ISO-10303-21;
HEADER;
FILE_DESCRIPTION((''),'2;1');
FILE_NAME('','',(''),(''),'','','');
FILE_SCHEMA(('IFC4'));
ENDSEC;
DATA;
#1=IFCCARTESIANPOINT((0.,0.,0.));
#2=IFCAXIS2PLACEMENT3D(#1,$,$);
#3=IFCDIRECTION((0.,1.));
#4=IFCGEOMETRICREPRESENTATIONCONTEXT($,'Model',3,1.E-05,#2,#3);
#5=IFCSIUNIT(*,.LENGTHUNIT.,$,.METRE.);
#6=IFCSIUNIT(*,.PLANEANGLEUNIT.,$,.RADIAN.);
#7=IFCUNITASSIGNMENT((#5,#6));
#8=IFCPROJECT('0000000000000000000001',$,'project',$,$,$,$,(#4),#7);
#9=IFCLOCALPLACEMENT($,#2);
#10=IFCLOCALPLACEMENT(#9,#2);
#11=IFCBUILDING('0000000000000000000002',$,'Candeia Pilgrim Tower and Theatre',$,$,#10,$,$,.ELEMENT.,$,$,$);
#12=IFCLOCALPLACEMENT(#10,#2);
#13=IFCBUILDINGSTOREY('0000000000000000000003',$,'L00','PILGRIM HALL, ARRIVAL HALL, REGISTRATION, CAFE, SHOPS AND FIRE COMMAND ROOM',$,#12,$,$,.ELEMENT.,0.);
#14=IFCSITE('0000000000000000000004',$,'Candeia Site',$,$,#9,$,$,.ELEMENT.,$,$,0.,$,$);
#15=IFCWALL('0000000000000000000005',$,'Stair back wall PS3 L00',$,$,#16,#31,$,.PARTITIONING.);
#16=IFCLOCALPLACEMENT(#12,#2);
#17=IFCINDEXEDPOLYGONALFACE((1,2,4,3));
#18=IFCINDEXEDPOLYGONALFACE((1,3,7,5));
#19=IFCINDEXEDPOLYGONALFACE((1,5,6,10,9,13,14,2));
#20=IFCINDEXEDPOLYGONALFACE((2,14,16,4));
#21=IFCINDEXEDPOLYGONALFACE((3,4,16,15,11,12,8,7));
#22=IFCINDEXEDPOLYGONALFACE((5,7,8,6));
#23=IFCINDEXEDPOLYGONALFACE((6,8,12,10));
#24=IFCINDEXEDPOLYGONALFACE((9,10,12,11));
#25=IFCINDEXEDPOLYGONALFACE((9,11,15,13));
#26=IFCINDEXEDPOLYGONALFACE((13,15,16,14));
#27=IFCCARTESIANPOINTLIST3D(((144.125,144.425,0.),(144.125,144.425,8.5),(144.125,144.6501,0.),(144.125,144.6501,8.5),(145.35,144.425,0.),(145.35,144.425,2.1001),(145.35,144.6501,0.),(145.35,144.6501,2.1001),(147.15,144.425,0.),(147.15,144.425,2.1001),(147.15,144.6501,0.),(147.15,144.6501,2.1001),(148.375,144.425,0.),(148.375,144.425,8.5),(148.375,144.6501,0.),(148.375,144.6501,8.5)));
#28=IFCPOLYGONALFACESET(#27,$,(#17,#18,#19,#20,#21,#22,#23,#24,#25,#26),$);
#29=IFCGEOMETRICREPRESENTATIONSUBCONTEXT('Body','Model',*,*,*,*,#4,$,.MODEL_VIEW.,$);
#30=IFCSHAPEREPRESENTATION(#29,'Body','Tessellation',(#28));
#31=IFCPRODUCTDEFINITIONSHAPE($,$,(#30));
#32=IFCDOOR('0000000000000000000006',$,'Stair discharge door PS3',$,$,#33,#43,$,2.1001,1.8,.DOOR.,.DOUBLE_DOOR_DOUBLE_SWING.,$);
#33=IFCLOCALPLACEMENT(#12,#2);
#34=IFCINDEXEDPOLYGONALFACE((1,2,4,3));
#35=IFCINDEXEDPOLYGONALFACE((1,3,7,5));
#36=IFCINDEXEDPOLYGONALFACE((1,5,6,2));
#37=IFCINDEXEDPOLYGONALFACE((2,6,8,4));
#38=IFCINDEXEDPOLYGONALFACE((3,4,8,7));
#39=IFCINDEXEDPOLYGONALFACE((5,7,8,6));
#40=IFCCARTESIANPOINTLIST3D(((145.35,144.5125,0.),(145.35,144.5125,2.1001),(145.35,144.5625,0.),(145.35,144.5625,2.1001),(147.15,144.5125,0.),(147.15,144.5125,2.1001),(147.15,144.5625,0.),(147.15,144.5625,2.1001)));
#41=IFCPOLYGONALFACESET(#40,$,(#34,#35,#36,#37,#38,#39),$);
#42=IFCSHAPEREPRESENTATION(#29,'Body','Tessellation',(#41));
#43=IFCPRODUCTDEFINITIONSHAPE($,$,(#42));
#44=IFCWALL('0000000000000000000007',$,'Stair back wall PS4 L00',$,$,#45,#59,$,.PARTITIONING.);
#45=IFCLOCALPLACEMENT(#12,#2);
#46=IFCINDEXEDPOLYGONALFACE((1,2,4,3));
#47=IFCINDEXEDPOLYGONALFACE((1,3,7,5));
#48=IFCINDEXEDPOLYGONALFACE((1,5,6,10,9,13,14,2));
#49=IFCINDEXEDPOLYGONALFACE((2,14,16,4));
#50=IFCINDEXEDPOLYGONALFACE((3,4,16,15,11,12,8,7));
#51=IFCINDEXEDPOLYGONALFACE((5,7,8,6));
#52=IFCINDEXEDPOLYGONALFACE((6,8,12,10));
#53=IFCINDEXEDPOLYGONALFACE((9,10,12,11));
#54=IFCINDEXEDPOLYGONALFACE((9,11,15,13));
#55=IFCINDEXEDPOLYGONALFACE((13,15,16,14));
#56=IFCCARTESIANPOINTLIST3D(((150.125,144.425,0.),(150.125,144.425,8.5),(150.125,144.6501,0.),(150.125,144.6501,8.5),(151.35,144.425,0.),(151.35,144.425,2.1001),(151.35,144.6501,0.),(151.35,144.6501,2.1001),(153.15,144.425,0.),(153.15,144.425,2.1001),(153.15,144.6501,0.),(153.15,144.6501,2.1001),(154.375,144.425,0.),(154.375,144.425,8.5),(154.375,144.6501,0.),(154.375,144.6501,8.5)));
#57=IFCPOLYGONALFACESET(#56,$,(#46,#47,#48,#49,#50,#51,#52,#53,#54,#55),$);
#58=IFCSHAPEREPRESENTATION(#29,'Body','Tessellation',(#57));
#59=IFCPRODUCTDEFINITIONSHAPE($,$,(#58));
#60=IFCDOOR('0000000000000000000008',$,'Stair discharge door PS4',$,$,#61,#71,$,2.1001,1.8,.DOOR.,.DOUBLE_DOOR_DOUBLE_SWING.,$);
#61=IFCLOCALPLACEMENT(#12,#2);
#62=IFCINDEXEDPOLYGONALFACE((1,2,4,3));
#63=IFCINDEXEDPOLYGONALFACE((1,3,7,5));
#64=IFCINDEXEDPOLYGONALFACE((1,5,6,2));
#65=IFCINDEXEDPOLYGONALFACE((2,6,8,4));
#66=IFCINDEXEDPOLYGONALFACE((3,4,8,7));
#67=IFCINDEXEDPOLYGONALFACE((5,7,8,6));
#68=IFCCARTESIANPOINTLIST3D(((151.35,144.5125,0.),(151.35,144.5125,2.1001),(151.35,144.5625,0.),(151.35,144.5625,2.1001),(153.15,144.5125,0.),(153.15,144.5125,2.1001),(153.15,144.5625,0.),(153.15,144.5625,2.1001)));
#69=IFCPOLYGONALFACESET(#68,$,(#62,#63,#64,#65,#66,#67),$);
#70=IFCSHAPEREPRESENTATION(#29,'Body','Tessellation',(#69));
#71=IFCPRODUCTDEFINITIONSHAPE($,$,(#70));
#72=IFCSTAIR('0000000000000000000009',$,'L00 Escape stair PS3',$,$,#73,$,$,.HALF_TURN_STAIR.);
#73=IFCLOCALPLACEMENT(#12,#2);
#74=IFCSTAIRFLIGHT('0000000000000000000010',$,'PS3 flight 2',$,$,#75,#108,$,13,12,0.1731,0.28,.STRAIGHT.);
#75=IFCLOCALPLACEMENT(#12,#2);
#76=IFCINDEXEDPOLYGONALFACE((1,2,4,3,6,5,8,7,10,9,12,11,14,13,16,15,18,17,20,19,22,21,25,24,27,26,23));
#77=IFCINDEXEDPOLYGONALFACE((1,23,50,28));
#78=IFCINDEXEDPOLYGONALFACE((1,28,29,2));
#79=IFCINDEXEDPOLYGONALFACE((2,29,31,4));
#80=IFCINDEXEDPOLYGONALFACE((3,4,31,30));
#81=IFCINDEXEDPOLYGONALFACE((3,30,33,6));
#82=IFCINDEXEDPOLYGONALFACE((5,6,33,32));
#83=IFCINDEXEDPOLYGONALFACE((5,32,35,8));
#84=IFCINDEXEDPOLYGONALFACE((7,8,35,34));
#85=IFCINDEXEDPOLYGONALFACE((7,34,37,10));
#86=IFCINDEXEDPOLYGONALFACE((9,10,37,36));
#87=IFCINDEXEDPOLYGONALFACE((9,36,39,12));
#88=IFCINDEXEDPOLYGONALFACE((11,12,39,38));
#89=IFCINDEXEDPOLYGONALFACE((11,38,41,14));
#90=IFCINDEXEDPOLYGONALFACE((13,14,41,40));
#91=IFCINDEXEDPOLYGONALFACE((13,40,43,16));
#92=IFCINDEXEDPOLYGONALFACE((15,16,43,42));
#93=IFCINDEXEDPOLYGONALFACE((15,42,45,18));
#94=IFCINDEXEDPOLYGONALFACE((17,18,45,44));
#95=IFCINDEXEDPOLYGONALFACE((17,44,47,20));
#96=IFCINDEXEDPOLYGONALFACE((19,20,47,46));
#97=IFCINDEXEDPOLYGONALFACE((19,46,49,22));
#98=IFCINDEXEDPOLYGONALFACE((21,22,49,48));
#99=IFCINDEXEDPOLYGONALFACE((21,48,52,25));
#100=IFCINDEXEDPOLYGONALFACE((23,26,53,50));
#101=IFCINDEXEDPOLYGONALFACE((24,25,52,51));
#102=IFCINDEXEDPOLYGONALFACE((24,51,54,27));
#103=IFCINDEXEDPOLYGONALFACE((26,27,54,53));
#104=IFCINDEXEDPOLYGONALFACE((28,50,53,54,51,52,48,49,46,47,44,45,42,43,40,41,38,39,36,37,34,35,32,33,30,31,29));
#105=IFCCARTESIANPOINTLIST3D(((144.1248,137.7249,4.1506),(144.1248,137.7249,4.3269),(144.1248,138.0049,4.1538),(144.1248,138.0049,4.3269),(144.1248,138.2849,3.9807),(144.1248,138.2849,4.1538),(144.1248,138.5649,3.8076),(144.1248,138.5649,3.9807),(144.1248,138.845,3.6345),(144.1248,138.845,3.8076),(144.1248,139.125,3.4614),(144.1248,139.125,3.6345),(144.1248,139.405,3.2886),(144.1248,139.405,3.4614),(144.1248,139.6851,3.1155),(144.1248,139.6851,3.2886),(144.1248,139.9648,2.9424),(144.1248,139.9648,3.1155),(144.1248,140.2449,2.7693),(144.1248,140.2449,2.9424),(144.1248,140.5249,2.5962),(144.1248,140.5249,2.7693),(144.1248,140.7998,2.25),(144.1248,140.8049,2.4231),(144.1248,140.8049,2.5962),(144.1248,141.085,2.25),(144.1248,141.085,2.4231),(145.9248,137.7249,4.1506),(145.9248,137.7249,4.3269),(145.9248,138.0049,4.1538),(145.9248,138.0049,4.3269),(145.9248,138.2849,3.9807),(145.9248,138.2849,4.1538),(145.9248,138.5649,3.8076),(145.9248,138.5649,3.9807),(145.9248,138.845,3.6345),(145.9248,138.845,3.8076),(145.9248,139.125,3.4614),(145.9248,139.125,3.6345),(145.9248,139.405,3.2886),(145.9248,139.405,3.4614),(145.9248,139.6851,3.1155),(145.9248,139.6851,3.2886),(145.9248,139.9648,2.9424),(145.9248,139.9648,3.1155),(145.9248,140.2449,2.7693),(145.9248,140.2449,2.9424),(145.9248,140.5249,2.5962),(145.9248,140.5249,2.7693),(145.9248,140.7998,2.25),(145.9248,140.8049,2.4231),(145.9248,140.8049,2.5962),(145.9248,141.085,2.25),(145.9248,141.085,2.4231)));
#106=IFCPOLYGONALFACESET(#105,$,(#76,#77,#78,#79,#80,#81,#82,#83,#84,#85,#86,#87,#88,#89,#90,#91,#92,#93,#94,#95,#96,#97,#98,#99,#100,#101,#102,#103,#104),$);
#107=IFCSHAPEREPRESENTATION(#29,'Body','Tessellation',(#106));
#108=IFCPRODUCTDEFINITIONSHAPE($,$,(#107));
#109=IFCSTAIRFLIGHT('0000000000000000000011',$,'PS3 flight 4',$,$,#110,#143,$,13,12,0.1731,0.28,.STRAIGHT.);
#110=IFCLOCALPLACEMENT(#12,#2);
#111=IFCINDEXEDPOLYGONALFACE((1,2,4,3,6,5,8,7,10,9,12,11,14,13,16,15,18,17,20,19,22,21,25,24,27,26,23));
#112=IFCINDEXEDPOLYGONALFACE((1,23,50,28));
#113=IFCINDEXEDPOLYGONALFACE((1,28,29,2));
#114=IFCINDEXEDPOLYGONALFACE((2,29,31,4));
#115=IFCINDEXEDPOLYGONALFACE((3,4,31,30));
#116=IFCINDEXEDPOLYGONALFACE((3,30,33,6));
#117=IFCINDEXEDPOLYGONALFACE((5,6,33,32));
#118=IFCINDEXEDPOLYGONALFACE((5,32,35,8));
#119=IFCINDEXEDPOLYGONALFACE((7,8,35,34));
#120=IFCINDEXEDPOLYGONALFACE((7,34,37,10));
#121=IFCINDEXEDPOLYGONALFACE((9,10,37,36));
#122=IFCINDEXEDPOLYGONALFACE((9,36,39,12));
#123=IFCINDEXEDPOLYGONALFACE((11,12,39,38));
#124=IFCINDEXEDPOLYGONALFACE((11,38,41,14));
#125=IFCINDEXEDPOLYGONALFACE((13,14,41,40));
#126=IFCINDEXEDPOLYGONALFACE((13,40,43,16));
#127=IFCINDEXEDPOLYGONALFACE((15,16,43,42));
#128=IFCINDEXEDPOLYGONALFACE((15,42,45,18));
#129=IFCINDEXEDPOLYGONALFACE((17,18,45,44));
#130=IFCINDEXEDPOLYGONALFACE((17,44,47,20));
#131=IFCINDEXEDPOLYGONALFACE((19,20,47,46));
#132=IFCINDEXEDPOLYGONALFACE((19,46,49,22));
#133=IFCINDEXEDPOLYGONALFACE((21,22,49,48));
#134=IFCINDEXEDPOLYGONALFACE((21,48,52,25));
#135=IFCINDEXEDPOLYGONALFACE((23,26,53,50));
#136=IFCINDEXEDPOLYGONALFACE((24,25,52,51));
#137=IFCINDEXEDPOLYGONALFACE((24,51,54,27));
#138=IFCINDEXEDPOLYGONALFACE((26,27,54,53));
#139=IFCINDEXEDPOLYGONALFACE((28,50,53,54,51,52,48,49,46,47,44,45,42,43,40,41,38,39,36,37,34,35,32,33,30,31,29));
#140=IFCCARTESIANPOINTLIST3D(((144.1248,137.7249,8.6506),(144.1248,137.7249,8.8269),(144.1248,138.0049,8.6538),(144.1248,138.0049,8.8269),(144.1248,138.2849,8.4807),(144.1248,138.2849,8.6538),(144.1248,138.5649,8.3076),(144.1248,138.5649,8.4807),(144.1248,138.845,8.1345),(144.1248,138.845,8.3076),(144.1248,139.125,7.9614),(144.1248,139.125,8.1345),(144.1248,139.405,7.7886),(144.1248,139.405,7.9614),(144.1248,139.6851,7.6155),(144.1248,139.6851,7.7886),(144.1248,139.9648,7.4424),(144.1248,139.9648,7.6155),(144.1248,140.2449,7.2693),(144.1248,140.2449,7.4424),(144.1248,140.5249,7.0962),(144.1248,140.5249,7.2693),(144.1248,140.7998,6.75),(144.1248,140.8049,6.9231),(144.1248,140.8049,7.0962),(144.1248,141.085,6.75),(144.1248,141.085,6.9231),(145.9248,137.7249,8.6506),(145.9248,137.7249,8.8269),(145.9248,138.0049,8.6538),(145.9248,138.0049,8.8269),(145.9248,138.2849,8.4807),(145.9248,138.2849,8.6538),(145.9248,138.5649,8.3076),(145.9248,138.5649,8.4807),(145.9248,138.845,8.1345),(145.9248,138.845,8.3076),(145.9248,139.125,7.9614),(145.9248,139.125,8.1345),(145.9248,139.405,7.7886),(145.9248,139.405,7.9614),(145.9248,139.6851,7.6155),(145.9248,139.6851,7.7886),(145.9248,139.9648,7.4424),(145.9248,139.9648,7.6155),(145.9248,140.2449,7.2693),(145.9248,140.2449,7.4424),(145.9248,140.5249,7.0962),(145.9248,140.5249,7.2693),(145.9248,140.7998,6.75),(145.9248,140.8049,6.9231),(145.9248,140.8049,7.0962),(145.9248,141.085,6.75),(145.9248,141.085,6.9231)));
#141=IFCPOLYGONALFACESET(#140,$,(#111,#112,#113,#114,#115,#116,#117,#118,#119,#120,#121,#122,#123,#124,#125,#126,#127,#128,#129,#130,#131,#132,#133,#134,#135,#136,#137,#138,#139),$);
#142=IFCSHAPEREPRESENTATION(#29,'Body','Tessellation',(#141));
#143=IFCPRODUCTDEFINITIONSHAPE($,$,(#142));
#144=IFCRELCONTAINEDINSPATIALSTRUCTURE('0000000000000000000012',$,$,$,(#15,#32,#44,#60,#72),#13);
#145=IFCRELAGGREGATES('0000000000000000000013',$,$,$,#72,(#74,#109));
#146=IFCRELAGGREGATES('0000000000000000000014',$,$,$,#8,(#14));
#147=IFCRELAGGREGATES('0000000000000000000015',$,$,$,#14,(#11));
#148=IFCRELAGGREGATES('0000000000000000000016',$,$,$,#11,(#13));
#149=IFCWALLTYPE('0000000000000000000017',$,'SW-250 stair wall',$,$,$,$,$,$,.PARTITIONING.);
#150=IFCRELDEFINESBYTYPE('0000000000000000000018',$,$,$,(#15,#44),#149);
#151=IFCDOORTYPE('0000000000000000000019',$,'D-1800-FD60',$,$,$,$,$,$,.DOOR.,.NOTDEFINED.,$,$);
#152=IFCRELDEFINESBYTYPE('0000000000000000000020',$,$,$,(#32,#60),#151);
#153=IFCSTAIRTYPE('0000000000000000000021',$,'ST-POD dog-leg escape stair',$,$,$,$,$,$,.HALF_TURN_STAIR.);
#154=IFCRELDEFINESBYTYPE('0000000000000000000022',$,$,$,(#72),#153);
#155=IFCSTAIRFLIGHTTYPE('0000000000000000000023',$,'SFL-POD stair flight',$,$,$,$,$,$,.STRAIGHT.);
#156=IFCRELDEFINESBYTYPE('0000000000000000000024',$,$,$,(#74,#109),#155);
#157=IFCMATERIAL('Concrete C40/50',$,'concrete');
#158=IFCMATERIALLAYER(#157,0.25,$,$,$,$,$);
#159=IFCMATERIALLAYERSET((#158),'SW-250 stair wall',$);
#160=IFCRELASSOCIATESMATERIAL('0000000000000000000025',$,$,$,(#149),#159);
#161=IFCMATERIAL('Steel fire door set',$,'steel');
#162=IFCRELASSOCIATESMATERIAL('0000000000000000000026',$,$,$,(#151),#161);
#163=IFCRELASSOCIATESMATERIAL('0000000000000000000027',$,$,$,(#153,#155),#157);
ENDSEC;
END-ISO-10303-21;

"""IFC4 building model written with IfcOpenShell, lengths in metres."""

from ifc_helpers import new_model, si_unit, direction, frame, frame_2d, origin, place, context, subcontext, project, spatial, polyline, rectangle, outline, extrude, material, layer, layer_set, type_object, element, fill, aggregate, save


model = new_model("IFC4")

# Units and contexts
model_context = context("Model", 3, precision=1e-05, world=origin(), true_north=direction((0.0, 1.0)))
body_context = subcontext(model_context, "Body", "Model", "MODEL_VIEW")
ifc_project = project(units=[si_unit("LENGTHUNIT", "METRE"), si_unit("PLANEANGLEUNIT", "RADIAN")], contexts=[model_context])

# Site, building, storey
site_placement = place(None, origin())
site = spatial("IfcSite", under=ifc_project, at=site_placement, Name="Candeia Site", CompositionType="ELEMENT", RefElevation=0.0)
building_placement = place(site_placement, origin())
building = spatial("IfcBuilding", under=site, at=building_placement, Name="Candeia Pilgrim Tower and Theatre", CompositionType="ELEMENT")
storey_placement = place(building_placement, origin())
storey = spatial("IfcBuildingStorey", under=building, at=storey_placement, Name="L00", Description="PILGRIM HALL, ARRIVAL HALL, REGISTRATION, CAFE, SHOPS AND FIRE COMMAND ROOM", CompositionType="ELEMENT", Elevation=0.0)

# Shared definitions
ifc_material_1 = material(Name="Concrete C40/50", Category="concrete")

# Walls, openings, doors
ifc_layer_1 = layer(ifc_material_1, 0.25)
ifc_layer_set_1 = layer_set([ifc_layer_1], Name="SW-250 stair wall")
wall_type_1 = type_object("IfcWallType", Name="SW-250 stair wall", PredefinedType="PARTITIONING", material=ifc_layer_set_1)
wall_1_placement = place(storey_placement, frame((144.125, 144.5376, 0.0), z_axis=(0.0, 0.0, 1.0), x_axis=(1.0, 0.0, 0.0)))
wall_1 = element("IfcWall", 1, at=wall_1_placement, inside=storey, type_object=wall_type_1, Name="Stair back wall PS3 L00", PredefinedType="PARTITIONING", context=body_context, shape_type="SweptSolid", body=[
    extrude(rectangle(XDim=4.25, YDim=0.2251, at=frame_2d((2.125, 0.0))), origin(), (0.0, 0.0, 1.0), 8.5),
])
opening_1_placement = place(wall_1_placement, frame((1.2251, 0.0, 0.0)))
opening_1 = element("IfcOpeningElement", 2, at=opening_1_placement, cuts=wall_1, PredefinedType="OPENING", context=body_context, shape_type="SweptSolid", body=[
    extrude(rectangle(XDim=1.8, YDim=2.1001, at=frame_2d((0.8999, 1.05))), frame((0.0, 0.1226, 0.0), z_axis=(0.0, -1.0, 0.0), x_axis=(1.0, 0.0, 0.0)), (0.0, 0.0, 1.0), 0.2451),
])
ifc_material_2 = material(Name="Steel fire door set", Category="steel")
door_type_1 = type_object("IfcDoorType", Name="D-1800-FD60", OperationType="NOTDEFINED", PredefinedType="DOOR", material=ifc_material_2)
door_1_placement = place(opening_1_placement, origin())
door_1 = element("IfcDoor", 3, at=door_1_placement, inside=storey, type_object=door_type_1, Name="Stair discharge door PS3", OperationType="DOUBLE_DOOR_DOUBLE_SWING", OverallHeight=2.1001, OverallWidth=1.8, PredefinedType="DOOR", context=body_context, shape_type="SweptSolid", body=[
    extrude(rectangle(XDim=1.8, YDim=2.1001, at=frame_2d((0.8999, 1.05))), frame((0.0, 0.0249, 0.0), z_axis=(0.0, -1.0, 0.0), x_axis=(1.0, 0.0, 0.0)), (0.0, 0.0, 1.0), 0.05),
])
fill(opening_1, door_1)
wall_2_placement = place(storey_placement, frame((150.125, 144.5376, 0.0), z_axis=(0.0, 0.0, 1.0), x_axis=(1.0, 0.0, 0.0)))
wall_2 = element("IfcWall", 4, at=wall_2_placement, inside=storey, type_object=wall_type_1, Name="Stair back wall PS4 L00", PredefinedType="PARTITIONING", context=body_context, shape_type="SweptSolid", body=[
    extrude(rectangle(XDim=4.25, YDim=0.2251, at=frame_2d((2.125, 0.0))), origin(), (0.0, 0.0, 1.0), 8.5),
])
opening_2_placement = place(wall_2_placement, frame((1.2251, 0.0, 0.0)))
opening_2 = element("IfcOpeningElement", 5, at=opening_2_placement, cuts=wall_2, PredefinedType="OPENING", context=body_context, shape_type="SweptSolid", body=[
    extrude(rectangle(XDim=1.8, YDim=2.1001, at=frame_2d((0.8999, 1.05))), frame((0.0, 0.1226, 0.0), z_axis=(0.0, -1.0, 0.0), x_axis=(1.0, 0.0, 0.0)), (0.0, 0.0, 1.0), 0.2451),
])
door_2_placement = place(opening_2_placement, origin())
door_2 = element("IfcDoor", 6, at=door_2_placement, inside=storey, type_object=door_type_1, Name="Stair discharge door PS4", OperationType="DOUBLE_DOOR_DOUBLE_SWING", OverallHeight=2.1001, OverallWidth=1.8, PredefinedType="DOOR", context=body_context, shape_type="SweptSolid", body=[
    extrude(rectangle(XDim=1.8, YDim=2.1001, at=frame_2d((0.8999, 1.05))), frame((0.0, 0.0249, 0.0), z_axis=(0.0, -1.0, 0.0), x_axis=(1.0, 0.0, 0.0)), (0.0, 0.0, 1.0), 0.05),
])
fill(opening_2, door_2)

# Stair, stair flights
stair_type = type_object("IfcStairType", Name="ST-POD dog-leg escape stair", PredefinedType="HALF_TURN_STAIR", material=ifc_material_1)
stair_1_placement = place(storey_placement, origin())
stair_1 = element("IfcStair", 7, at=stair_1_placement, inside=storey, type_object=stair_type, Name="L00 Escape stair PS3", PredefinedType="HALF_TURN_STAIR")
stair_flight_type = type_object("IfcStairFlightType", Name="SFL-POD stair flight", PredefinedType="STRAIGHT", material=ifc_material_1)
stair_flight_1_placement = place(storey_placement, frame((145.0249, 141.085, 2.25), z_axis=(0.0, 0.0, 1.0), x_axis=(0.0, -1.0, 0.0)))
stair_flight_1 = element("IfcStairFlight", 8, at=stair_flight_1_placement, type_object=stair_flight_type, Name="PS3 flight 2", NumberOfRisers=13, NumberOfTreads=12, PredefinedType="STRAIGHT", RiserHeight=0.1731, TreadLength=0.28, context=body_context, shape_type="SweptSolid", body=[
    extrude(outline(polyline([(0.0, 0.0), (0.0, 0.1731), (0.28, 0.1731), (0.28, 0.3462), (0.5601, 0.3462), (0.5601, 0.5193), (0.8401, 0.5193), (0.8401, 0.6924), (1.1201, 0.6924), (1.1201, 0.8655), (1.3999, 0.8655), (1.3999, 1.0386), (1.6799, 1.0386), (1.6799, 1.2114), (1.96, 1.2114), (1.96, 1.3845), (2.24, 1.3845), (2.24, 1.5576), (2.52, 1.5576), (2.52, 1.7307), (2.8, 1.7307), (2.8, 1.9038), (3.0801, 1.9038), (3.0801, 2.0769), (3.3601, 2.0769), (3.3601, 2.25), (3.3601, 1.9006), (0.2852, 0.0), (0.0, 0.0)])), frame((0.0, 0.8999, 0.0), z_axis=(0.0, -1.0, 0.0), x_axis=(1.0, 0.0, 0.0)), (0.0, 0.0, 1.0), 1.8),
])
stair_flight_2_placement = place(storey_placement, frame((145.0249, 141.085, 6.75), z_axis=(0.0, 0.0, 1.0), x_axis=(0.0, -1.0, 0.0)))
stair_flight_2 = element("IfcStairFlight", 9, at=stair_flight_2_placement, type_object=stair_flight_type, Name="PS3 flight 4", NumberOfRisers=13, NumberOfTreads=12, PredefinedType="STRAIGHT", RiserHeight=0.1731, TreadLength=0.28, context=body_context, shape_type="SweptSolid", body=[
    extrude(outline(polyline([(0.0, 0.0), (0.0, 0.1731), (0.28, 0.1731), (0.28, 0.3462), (0.5601, 0.3462), (0.5601, 0.5193), (0.8401, 0.5193), (0.8401, 0.6924), (1.1201, 0.6924), (1.1201, 0.8655), (1.3999, 0.8655), (1.3999, 1.0386), (1.6799, 1.0386), (1.6799, 1.2114), (1.96, 1.2114), (1.96, 1.3845), (2.24, 1.3845), (2.24, 1.5576), (2.52, 1.5576), (2.52, 1.7307), (2.8, 1.7307), (2.8, 1.9038), (3.0801, 1.9038), (3.0801, 2.0769), (3.3601, 2.0769), (3.3601, 2.25), (3.3601, 1.9006), (0.2852, 0.0), (0.0, 0.0)])), frame((0.0, 0.8999, 0.0), z_axis=(0.0, -1.0, 0.0), x_axis=(1.0, 0.0, 0.0)), (0.0, 0.0, 1.0), 1.8),
])
aggregate(stair_1, [stair_flight_1, stair_flight_2])

save(model, "model.ifc")
